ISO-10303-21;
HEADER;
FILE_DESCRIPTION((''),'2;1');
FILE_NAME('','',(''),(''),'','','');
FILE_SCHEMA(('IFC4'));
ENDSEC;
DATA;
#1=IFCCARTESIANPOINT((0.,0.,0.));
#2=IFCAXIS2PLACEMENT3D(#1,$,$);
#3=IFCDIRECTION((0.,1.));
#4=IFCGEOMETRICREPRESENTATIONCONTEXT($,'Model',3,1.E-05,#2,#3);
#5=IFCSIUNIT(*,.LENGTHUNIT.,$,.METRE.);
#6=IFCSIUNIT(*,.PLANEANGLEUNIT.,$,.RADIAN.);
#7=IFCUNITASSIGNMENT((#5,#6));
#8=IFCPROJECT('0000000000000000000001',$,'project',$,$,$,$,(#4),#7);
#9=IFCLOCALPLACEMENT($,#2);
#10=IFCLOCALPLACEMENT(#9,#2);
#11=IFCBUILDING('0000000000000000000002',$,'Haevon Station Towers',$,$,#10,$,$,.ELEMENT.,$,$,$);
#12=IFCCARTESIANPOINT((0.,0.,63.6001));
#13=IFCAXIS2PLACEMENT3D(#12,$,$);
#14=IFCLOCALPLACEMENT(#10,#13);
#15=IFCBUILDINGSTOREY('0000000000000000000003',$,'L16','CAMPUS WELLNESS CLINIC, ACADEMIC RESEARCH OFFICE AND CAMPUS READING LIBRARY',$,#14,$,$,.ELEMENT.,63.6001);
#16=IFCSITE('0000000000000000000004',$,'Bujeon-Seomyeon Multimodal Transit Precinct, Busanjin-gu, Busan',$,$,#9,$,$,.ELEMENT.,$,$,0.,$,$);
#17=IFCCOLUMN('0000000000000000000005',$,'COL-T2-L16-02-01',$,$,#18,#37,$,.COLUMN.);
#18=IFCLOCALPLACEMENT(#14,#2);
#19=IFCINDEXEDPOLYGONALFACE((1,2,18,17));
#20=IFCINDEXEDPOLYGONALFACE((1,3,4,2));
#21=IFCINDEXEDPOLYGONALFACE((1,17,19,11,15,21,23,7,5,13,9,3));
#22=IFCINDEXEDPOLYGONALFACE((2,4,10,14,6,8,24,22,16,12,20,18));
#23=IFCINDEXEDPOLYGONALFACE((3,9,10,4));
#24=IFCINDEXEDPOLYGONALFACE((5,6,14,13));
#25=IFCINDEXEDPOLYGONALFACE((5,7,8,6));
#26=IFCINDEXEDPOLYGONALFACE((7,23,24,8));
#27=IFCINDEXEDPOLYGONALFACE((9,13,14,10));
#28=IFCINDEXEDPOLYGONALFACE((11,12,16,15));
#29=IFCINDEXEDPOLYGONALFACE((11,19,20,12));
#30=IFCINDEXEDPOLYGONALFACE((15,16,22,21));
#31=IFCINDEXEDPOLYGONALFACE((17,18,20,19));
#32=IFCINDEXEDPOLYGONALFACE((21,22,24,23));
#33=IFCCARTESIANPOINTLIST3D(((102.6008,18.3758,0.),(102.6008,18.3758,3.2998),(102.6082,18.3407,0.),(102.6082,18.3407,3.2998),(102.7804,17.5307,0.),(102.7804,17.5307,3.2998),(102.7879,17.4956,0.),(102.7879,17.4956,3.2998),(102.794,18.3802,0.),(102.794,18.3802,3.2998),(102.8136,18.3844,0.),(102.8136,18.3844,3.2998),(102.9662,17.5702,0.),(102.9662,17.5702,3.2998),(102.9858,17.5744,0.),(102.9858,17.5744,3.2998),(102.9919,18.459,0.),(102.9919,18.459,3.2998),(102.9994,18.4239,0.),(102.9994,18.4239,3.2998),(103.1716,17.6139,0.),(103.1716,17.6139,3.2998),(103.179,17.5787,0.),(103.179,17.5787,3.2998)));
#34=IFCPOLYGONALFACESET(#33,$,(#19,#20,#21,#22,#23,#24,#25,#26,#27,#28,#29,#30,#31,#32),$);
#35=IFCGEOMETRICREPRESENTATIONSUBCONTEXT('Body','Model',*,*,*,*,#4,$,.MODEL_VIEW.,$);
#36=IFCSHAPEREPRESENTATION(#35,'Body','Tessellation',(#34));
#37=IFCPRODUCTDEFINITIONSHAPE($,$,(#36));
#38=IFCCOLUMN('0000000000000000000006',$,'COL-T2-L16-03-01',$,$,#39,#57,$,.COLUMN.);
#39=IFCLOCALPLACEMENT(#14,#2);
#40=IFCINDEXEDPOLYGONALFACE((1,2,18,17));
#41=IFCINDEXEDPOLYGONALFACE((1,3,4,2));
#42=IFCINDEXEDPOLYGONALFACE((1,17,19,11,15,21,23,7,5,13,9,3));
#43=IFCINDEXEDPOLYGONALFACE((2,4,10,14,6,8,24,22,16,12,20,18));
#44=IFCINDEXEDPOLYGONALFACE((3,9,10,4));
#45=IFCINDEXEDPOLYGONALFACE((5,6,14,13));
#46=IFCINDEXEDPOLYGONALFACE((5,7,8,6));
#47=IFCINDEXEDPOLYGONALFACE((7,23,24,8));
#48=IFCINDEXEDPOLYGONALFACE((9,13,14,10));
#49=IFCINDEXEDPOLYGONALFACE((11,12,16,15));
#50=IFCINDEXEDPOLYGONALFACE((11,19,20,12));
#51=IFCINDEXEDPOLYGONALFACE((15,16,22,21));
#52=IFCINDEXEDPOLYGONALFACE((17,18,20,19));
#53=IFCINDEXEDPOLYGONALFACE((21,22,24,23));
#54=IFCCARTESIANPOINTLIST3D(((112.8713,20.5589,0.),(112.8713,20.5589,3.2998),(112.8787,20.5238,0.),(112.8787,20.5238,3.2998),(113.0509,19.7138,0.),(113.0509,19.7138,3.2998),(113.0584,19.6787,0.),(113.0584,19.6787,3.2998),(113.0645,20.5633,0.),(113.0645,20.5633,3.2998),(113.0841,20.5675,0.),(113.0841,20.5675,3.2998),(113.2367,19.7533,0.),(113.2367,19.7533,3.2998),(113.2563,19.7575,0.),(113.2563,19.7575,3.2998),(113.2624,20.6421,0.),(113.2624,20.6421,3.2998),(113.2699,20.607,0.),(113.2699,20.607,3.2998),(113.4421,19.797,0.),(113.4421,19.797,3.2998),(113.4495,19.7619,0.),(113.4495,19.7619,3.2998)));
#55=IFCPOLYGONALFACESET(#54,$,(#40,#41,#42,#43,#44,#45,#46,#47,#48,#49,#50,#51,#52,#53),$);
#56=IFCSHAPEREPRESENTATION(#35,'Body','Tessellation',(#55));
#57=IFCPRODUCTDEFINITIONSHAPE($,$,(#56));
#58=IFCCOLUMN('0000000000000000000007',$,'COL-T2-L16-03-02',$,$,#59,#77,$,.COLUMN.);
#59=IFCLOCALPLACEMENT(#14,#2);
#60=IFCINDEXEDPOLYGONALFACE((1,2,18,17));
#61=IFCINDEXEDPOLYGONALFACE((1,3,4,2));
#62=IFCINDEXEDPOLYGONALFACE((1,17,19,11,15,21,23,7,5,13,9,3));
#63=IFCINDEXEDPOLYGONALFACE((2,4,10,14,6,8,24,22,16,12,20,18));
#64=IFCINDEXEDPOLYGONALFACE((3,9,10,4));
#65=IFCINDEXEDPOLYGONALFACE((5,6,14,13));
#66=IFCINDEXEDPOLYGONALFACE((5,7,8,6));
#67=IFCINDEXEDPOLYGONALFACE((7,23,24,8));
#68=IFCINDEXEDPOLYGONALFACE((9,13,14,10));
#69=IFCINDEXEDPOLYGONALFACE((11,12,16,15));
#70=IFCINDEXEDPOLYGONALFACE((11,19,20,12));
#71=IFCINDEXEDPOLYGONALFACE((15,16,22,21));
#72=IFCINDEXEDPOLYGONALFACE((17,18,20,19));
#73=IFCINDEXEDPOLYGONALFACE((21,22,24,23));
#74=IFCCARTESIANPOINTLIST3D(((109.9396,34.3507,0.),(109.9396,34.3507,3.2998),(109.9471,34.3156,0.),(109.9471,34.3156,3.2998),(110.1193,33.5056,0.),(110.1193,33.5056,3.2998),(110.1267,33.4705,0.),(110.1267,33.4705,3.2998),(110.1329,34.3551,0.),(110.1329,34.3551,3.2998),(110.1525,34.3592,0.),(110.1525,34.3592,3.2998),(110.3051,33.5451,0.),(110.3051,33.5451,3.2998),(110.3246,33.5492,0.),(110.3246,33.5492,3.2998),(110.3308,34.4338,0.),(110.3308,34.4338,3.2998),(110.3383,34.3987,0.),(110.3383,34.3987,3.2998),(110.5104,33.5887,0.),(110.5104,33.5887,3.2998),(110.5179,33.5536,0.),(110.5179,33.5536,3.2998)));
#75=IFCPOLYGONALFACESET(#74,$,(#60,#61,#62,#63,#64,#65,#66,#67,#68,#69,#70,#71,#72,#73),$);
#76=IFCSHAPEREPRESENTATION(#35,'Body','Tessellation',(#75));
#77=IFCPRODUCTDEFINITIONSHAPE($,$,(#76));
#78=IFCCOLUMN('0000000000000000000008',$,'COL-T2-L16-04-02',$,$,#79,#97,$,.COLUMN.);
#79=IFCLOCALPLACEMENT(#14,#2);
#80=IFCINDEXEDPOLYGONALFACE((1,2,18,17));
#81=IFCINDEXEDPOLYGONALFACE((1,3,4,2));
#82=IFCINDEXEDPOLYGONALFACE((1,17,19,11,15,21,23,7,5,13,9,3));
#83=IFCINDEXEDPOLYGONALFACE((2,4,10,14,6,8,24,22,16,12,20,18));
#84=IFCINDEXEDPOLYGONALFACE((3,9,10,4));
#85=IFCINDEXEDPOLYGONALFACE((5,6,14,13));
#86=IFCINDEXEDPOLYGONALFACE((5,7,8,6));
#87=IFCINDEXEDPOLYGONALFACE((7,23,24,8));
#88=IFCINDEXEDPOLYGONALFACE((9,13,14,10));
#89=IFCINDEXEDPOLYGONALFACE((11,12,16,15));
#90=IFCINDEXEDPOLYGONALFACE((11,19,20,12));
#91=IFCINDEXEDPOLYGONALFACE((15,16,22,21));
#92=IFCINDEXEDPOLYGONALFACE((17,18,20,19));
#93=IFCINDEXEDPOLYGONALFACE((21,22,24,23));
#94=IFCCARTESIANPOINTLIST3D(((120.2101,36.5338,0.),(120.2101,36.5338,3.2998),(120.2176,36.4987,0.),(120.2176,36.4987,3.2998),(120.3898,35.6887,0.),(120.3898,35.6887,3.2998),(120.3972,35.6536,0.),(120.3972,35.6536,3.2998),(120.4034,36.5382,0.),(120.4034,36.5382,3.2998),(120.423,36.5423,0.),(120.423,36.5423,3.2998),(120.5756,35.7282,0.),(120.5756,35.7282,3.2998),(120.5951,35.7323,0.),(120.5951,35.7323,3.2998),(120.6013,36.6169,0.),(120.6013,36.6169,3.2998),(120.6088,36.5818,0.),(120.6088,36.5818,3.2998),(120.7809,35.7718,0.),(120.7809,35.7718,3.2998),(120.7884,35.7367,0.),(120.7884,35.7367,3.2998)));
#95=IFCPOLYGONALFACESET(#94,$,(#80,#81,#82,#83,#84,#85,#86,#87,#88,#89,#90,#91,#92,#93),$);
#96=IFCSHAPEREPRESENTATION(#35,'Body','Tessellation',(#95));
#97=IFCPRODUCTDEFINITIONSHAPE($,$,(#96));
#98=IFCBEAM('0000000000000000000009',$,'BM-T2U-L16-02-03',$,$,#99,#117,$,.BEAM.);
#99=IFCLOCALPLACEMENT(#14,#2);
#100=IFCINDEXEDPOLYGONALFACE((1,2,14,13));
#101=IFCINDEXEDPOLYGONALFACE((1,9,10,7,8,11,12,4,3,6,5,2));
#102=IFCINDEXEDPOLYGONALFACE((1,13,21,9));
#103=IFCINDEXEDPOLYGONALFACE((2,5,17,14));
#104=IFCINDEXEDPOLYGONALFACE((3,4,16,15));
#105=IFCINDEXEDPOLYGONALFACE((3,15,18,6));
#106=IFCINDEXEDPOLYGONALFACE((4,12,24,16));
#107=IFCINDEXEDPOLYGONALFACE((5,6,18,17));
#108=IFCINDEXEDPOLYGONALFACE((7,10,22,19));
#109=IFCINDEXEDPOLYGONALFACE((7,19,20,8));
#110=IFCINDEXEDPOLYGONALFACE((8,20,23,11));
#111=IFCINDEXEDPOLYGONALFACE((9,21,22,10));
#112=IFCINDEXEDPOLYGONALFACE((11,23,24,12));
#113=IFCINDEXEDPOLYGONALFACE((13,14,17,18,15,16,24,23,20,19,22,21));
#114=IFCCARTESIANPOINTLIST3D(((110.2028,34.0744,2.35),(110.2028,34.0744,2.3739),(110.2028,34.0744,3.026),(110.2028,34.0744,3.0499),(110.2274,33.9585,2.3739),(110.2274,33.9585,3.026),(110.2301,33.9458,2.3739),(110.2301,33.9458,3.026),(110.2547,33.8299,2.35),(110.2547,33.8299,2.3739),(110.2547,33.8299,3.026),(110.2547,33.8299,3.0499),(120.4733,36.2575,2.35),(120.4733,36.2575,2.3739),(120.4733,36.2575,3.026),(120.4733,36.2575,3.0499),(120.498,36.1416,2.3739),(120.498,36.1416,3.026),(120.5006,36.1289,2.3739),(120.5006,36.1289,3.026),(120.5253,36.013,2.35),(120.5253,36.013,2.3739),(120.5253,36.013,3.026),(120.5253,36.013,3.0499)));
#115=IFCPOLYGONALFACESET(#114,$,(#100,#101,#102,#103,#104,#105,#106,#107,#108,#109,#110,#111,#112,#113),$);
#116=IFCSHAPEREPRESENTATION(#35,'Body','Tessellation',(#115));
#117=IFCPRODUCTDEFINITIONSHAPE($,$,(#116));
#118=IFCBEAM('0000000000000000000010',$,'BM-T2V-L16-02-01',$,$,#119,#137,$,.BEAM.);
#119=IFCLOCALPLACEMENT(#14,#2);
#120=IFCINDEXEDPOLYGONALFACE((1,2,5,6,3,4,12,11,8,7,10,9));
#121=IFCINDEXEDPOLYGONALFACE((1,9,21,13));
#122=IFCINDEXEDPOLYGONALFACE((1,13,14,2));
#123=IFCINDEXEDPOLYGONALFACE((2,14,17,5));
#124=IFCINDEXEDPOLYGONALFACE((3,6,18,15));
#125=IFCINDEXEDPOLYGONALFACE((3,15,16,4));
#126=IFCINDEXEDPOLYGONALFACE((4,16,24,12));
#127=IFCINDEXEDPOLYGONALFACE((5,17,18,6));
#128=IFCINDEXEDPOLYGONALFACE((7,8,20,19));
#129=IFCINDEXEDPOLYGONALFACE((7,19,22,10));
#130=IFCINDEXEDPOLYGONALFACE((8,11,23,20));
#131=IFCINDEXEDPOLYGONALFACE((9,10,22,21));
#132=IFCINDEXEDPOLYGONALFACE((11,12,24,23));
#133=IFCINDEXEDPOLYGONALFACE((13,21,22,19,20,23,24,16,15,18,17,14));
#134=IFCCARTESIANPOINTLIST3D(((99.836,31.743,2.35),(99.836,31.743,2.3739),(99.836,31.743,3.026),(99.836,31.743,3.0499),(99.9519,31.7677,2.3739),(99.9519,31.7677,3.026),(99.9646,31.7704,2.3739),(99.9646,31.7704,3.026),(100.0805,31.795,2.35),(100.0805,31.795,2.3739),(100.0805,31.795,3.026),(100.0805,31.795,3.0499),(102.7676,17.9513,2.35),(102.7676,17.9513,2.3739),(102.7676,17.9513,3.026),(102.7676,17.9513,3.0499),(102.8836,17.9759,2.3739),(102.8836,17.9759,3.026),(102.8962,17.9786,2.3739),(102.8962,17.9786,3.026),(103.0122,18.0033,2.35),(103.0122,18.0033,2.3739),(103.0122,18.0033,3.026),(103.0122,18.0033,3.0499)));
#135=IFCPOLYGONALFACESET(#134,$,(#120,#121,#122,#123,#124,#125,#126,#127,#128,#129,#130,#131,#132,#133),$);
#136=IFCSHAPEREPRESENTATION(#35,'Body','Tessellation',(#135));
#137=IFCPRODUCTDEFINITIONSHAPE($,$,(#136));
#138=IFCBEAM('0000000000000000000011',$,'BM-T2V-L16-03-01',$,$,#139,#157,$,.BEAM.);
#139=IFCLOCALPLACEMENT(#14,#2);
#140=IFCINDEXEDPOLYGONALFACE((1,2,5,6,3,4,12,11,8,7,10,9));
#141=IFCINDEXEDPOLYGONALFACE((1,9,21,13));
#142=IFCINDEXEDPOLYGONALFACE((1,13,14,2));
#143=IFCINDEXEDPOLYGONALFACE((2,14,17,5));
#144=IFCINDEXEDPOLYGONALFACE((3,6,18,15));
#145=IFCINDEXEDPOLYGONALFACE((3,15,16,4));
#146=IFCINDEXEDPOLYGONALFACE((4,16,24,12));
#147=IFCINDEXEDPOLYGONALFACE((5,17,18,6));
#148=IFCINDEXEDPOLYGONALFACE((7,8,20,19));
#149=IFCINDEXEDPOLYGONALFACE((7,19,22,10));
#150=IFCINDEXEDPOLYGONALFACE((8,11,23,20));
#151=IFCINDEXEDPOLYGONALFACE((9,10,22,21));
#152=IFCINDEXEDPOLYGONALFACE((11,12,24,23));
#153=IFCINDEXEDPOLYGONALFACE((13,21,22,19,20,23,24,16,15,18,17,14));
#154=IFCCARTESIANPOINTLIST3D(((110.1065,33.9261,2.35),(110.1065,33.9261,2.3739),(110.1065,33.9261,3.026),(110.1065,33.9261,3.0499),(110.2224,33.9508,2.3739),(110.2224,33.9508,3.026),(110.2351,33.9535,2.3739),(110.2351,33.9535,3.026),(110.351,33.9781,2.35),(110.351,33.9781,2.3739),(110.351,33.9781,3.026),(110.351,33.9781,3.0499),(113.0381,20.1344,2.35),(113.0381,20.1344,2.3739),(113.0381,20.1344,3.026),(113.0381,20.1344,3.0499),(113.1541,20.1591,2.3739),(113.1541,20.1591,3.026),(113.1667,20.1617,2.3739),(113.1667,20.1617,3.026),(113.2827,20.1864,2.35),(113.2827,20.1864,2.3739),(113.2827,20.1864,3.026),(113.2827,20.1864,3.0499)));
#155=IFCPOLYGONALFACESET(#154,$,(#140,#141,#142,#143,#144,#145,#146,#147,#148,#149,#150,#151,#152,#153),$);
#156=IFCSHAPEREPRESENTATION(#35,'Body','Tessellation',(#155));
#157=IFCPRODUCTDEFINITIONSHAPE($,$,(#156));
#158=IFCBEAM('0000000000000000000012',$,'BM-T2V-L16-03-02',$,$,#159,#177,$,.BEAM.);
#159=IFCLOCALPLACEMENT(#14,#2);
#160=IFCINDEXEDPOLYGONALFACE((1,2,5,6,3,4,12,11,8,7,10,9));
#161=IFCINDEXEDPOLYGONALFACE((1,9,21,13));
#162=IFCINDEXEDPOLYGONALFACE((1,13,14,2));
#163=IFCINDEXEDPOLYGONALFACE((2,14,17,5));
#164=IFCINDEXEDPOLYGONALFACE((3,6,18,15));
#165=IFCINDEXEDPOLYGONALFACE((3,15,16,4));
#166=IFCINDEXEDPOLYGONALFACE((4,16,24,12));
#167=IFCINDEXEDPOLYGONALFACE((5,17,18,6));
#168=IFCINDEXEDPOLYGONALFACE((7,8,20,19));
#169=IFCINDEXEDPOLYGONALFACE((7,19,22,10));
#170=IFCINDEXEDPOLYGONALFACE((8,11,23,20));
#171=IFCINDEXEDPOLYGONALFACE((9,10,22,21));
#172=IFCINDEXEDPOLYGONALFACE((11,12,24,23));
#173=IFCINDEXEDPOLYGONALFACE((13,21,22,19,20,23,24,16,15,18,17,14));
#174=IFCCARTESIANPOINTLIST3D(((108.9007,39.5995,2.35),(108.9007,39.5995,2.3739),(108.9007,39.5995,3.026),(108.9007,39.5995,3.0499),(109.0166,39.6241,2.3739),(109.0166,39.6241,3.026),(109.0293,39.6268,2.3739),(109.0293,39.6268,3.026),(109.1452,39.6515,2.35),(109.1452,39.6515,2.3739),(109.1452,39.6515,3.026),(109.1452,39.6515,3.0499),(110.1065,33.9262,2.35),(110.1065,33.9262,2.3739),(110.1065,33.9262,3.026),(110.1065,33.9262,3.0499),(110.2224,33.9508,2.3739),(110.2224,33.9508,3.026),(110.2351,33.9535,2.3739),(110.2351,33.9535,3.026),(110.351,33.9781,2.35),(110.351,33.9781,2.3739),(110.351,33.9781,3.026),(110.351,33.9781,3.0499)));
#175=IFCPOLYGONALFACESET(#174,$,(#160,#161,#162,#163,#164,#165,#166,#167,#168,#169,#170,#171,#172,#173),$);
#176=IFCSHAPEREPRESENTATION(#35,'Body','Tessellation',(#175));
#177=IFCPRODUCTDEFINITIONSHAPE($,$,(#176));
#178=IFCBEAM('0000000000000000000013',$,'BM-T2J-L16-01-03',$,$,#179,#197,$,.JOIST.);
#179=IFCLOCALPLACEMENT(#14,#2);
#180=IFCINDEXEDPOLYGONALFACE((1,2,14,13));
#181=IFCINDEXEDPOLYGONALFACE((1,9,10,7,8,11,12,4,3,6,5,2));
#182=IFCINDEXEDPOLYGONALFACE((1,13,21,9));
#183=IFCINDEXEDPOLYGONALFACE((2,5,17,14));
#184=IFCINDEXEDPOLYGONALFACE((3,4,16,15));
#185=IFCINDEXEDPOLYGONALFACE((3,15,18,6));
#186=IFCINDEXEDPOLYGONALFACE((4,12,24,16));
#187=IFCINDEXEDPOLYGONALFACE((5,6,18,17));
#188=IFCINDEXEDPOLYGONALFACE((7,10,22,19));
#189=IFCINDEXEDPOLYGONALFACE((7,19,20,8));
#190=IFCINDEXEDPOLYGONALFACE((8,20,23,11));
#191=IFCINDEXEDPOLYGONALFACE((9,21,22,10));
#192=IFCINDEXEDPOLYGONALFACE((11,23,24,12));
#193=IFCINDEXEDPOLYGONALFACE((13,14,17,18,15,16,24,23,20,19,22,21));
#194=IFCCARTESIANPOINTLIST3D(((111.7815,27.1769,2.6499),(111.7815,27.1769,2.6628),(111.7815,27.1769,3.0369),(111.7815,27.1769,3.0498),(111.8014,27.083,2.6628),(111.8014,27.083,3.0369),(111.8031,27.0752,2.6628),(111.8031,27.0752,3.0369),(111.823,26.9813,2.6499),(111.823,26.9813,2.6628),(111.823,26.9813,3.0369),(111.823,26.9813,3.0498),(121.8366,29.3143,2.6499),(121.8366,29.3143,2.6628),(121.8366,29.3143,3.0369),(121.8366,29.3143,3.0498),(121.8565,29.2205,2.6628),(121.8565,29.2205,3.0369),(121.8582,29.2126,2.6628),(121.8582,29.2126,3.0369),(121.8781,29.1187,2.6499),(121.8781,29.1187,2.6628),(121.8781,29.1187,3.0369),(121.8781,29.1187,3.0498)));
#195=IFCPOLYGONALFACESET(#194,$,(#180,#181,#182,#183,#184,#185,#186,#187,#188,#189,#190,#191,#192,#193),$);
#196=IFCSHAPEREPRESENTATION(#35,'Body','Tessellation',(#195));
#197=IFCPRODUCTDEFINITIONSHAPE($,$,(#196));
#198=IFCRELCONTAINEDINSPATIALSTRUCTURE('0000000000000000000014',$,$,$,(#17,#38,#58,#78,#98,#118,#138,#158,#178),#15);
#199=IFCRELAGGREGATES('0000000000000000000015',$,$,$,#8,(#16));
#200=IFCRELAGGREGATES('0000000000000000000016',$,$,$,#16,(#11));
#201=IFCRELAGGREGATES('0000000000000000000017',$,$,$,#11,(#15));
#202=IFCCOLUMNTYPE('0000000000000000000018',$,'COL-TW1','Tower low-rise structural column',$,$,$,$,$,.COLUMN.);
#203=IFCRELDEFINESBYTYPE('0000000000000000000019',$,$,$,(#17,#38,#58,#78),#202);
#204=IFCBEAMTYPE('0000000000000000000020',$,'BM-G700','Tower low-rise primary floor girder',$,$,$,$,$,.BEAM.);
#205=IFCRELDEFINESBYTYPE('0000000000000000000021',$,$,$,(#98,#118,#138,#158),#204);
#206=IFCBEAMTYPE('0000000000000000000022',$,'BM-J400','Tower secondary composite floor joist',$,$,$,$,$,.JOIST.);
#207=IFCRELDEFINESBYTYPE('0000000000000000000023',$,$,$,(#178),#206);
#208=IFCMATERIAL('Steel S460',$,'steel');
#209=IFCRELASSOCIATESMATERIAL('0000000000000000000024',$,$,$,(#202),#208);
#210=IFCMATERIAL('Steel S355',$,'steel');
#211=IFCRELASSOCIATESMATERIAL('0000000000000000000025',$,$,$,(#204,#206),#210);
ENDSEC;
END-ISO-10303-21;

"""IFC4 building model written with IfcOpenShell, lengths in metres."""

from ifc_helpers import new_model, si_unit, direction, frame, origin, origin_2d, place, context, subcontext, project, spatial, i_section, extrude, material, material_profile, profile_set, type_object, element, save


model = new_model("IFC4")

# Units and contexts
model_context = context("Model", 3, precision=1e-05, world=origin(), true_north=direction((0.0, 1.0)))
body_context = subcontext(model_context, "Body", "Model", "MODEL_VIEW")
ifc_project = project(units=[si_unit("LENGTHUNIT", "METRE"), si_unit("PLANEANGLEUNIT", "RADIAN")], contexts=[model_context])

# Site, building, storey
site_placement = place(None, origin())
site = spatial("IfcSite", under=ifc_project, at=site_placement, Name="Bujeon-Seomyeon Multimodal Transit Precinct, Busanjin-gu, Busan", CompositionType="ELEMENT", RefElevation=0.0)
building_placement = place(site_placement, origin())
building = spatial("IfcBuilding", under=site, at=building_placement, Name="Haevon Station Towers", CompositionType="ELEMENT")
storey_placement = place(building_placement, frame((0.0, 0.0, 63.6001)))
storey = spatial("IfcBuildingStorey", under=building, at=storey_placement, Name="L16", Description="CAMPUS WELLNESS CLINIC, ACADEMIC RESEARCH OFFICE AND CAMPUS READING LIBRARY", CompositionType="ELEMENT", Elevation=63.6001)

# Columns
ifc_material_1 = material(Name="Steel S460", Category="steel")
ifc_material_profile_1 = material_profile(ifc_material_1, i_section(OverallWidth=0.3999, OverallDepth=0.8999, WebThickness=0.02, FlangeThickness=0.0359, at=origin_2d()), Name="H-900x400x20x36")
ifc_profile_set_1 = profile_set([ifc_material_profile_1], Name="Steel S460")
column_type = type_object("IfcColumnType", Name="COL-TW1", Description="Tower low-rise structural column", PredefinedType="COLUMN", material=ifc_profile_set_1)
for number, where, z_axis, x_axis, name in (
    (1, (102.8899, 17.9773, 0.0), (0.0, 0.0, 1.0), (0.978148, 0.207912, 0.0), "COL-T2-L16-02-01"),
    (2, (113.1604, 20.1604, 0.0), (0.0, 0.0, 1.0), (0.978148, 0.207912, 0.0), "COL-T2-L16-03-01"),
    (3, (110.2288, 33.9521, 0.0), (0.0, 0.0, 1.0), (0.978148, 0.207912, 0.0), "COL-T2-L16-03-02"),
    (4, (120.4993, 36.1353, 0.0), (0.0, 0.0, 1.0), (0.978148, 0.207912, 0.0), "COL-T2-L16-04-02"),
):
    element("IfcColumn", number, at=place(storey_placement, frame(where, z_axis=z_axis, x_axis=x_axis)), inside=storey, type_object=column_type, Name=name, PredefinedType="COLUMN", context=body_context, shape_type="SweptSolid", body=[
        extrude(i_section(OverallWidth=0.3999, OverallDepth=0.8999, WebThickness=0.02, FlangeThickness=0.0359, at=origin_2d()), origin(), (0.0, 0.0, 1.0), 3.2998),
    ])

# Beams
ifc_material_2 = material(Name="Steel S355", Category="steel")
ifc_material_profile_2 = material_profile(ifc_material_2, i_section(OverallWidth=0.25, OverallDepth=0.7, WebThickness=0.0129, FlangeThickness=0.0239, at=origin_2d()), Name="H-700x250x13x24")
ifc_profile_set_2 = profile_set([ifc_material_profile_2], Name="Steel S355")
beam_type_1 = type_object("IfcBeamType", Name="BM-G700", Description="Tower low-rise primary floor girder", PredefinedType="BEAM", material=ifc_profile_set_2)
beam_1_placement = place(storey_placement, frame((110.2288, 33.9521, 2.7), z_axis=(0.978147, 0.207915, 0.0), x_axis=(-0.207915, 0.978147, 0.0)))
element("IfcBeam", 5, at=beam_1_placement, inside=storey, type_object=beam_type_1, Name="BM-T2U-L16-02-03", PredefinedType="BEAM", context=body_context, shape_type="SweptSolid", body=[
    extrude(i_section(OverallWidth=0.25, OverallDepth=0.7, WebThickness=0.0129, FlangeThickness=0.0239, at=origin_2d()), origin(), (0.0, 0.0, 1.0), 10.5),
])
for number, where, z_axis, x_axis, name in (
    (6, (102.8899, 17.9773, 2.7), (-0.207919, 0.978146, 0.0), (-0.978146, -0.207919, 0.0), "BM-T2V-L16-02-01"),
    (7, (113.1604, 20.1604, 2.7), (-0.207919, 0.978146, 0.0), (-0.978146, -0.207919, 0.0), "BM-T2V-L16-03-01"),
):
    element("IfcBeam", number, at=place(storey_placement, frame(where, z_axis=z_axis, x_axis=x_axis)), inside=storey, type_object=beam_type_1, Name=name, PredefinedType="BEAM", context=body_context, shape_type="SweptSolid", body=[
        extrude(i_section(OverallWidth=0.25, OverallDepth=0.7, WebThickness=0.0129, FlangeThickness=0.0239, at=origin_2d()), origin(), (0.0, 0.0, 1.0), 14.0999),
    ])
beam_2_placement = place(storey_placement, frame((110.2288, 33.9521, 2.7), z_axis=(-0.207896, 0.978151, 0.0), x_axis=(-0.978151, -0.207896, 0.0)))
element("IfcBeam", 8, at=beam_2_placement, inside=storey, type_object=beam_type_1, Name="BM-T2V-L16-03-02", PredefinedType="BEAM", context=body_context, shape_type="SweptSolid", body=[
    extrude(i_section(OverallWidth=0.25, OverallDepth=0.7, WebThickness=0.0129, FlangeThickness=0.0239, at=origin_2d()), origin(), (0.0, 0.0, 1.0), 5.8),
])
ifc_material_profile_3 = material_profile(ifc_material_2, i_section(OverallWidth=0.2, OverallDepth=0.3999, WebThickness=0.0081, FlangeThickness=0.0129, at=origin_2d()), Name="H-400x200x8x13")
ifc_profile_set_3 = profile_set([ifc_material_profile_3], Name="Steel S355")
beam_type_2 = type_object("IfcBeamType", Name="BM-J400", Description="Tower secondary composite floor joist", PredefinedType="JOIST", material=ifc_profile_set_3)
beam_3_placement = place(storey_placement, frame((111.8022, 27.0791, 2.8499), z_axis=(0.978144, 0.207926, 0.0), x_axis=(-0.207926, 0.978144, 0.0)))
element("IfcBeam", 9, at=beam_3_placement, inside=storey, type_object=beam_type_2, Name="BM-T2J-L16-01-03", PredefinedType="JOIST", context=body_context, shape_type="SweptSolid", body=[
    extrude(i_section(OverallWidth=0.2, OverallDepth=0.3999, WebThickness=0.0081, FlangeThickness=0.0129, at=origin_2d()), origin(), (0.0, 0.0, 1.0), 10.2798),
])

save(model, "model.ifc")
